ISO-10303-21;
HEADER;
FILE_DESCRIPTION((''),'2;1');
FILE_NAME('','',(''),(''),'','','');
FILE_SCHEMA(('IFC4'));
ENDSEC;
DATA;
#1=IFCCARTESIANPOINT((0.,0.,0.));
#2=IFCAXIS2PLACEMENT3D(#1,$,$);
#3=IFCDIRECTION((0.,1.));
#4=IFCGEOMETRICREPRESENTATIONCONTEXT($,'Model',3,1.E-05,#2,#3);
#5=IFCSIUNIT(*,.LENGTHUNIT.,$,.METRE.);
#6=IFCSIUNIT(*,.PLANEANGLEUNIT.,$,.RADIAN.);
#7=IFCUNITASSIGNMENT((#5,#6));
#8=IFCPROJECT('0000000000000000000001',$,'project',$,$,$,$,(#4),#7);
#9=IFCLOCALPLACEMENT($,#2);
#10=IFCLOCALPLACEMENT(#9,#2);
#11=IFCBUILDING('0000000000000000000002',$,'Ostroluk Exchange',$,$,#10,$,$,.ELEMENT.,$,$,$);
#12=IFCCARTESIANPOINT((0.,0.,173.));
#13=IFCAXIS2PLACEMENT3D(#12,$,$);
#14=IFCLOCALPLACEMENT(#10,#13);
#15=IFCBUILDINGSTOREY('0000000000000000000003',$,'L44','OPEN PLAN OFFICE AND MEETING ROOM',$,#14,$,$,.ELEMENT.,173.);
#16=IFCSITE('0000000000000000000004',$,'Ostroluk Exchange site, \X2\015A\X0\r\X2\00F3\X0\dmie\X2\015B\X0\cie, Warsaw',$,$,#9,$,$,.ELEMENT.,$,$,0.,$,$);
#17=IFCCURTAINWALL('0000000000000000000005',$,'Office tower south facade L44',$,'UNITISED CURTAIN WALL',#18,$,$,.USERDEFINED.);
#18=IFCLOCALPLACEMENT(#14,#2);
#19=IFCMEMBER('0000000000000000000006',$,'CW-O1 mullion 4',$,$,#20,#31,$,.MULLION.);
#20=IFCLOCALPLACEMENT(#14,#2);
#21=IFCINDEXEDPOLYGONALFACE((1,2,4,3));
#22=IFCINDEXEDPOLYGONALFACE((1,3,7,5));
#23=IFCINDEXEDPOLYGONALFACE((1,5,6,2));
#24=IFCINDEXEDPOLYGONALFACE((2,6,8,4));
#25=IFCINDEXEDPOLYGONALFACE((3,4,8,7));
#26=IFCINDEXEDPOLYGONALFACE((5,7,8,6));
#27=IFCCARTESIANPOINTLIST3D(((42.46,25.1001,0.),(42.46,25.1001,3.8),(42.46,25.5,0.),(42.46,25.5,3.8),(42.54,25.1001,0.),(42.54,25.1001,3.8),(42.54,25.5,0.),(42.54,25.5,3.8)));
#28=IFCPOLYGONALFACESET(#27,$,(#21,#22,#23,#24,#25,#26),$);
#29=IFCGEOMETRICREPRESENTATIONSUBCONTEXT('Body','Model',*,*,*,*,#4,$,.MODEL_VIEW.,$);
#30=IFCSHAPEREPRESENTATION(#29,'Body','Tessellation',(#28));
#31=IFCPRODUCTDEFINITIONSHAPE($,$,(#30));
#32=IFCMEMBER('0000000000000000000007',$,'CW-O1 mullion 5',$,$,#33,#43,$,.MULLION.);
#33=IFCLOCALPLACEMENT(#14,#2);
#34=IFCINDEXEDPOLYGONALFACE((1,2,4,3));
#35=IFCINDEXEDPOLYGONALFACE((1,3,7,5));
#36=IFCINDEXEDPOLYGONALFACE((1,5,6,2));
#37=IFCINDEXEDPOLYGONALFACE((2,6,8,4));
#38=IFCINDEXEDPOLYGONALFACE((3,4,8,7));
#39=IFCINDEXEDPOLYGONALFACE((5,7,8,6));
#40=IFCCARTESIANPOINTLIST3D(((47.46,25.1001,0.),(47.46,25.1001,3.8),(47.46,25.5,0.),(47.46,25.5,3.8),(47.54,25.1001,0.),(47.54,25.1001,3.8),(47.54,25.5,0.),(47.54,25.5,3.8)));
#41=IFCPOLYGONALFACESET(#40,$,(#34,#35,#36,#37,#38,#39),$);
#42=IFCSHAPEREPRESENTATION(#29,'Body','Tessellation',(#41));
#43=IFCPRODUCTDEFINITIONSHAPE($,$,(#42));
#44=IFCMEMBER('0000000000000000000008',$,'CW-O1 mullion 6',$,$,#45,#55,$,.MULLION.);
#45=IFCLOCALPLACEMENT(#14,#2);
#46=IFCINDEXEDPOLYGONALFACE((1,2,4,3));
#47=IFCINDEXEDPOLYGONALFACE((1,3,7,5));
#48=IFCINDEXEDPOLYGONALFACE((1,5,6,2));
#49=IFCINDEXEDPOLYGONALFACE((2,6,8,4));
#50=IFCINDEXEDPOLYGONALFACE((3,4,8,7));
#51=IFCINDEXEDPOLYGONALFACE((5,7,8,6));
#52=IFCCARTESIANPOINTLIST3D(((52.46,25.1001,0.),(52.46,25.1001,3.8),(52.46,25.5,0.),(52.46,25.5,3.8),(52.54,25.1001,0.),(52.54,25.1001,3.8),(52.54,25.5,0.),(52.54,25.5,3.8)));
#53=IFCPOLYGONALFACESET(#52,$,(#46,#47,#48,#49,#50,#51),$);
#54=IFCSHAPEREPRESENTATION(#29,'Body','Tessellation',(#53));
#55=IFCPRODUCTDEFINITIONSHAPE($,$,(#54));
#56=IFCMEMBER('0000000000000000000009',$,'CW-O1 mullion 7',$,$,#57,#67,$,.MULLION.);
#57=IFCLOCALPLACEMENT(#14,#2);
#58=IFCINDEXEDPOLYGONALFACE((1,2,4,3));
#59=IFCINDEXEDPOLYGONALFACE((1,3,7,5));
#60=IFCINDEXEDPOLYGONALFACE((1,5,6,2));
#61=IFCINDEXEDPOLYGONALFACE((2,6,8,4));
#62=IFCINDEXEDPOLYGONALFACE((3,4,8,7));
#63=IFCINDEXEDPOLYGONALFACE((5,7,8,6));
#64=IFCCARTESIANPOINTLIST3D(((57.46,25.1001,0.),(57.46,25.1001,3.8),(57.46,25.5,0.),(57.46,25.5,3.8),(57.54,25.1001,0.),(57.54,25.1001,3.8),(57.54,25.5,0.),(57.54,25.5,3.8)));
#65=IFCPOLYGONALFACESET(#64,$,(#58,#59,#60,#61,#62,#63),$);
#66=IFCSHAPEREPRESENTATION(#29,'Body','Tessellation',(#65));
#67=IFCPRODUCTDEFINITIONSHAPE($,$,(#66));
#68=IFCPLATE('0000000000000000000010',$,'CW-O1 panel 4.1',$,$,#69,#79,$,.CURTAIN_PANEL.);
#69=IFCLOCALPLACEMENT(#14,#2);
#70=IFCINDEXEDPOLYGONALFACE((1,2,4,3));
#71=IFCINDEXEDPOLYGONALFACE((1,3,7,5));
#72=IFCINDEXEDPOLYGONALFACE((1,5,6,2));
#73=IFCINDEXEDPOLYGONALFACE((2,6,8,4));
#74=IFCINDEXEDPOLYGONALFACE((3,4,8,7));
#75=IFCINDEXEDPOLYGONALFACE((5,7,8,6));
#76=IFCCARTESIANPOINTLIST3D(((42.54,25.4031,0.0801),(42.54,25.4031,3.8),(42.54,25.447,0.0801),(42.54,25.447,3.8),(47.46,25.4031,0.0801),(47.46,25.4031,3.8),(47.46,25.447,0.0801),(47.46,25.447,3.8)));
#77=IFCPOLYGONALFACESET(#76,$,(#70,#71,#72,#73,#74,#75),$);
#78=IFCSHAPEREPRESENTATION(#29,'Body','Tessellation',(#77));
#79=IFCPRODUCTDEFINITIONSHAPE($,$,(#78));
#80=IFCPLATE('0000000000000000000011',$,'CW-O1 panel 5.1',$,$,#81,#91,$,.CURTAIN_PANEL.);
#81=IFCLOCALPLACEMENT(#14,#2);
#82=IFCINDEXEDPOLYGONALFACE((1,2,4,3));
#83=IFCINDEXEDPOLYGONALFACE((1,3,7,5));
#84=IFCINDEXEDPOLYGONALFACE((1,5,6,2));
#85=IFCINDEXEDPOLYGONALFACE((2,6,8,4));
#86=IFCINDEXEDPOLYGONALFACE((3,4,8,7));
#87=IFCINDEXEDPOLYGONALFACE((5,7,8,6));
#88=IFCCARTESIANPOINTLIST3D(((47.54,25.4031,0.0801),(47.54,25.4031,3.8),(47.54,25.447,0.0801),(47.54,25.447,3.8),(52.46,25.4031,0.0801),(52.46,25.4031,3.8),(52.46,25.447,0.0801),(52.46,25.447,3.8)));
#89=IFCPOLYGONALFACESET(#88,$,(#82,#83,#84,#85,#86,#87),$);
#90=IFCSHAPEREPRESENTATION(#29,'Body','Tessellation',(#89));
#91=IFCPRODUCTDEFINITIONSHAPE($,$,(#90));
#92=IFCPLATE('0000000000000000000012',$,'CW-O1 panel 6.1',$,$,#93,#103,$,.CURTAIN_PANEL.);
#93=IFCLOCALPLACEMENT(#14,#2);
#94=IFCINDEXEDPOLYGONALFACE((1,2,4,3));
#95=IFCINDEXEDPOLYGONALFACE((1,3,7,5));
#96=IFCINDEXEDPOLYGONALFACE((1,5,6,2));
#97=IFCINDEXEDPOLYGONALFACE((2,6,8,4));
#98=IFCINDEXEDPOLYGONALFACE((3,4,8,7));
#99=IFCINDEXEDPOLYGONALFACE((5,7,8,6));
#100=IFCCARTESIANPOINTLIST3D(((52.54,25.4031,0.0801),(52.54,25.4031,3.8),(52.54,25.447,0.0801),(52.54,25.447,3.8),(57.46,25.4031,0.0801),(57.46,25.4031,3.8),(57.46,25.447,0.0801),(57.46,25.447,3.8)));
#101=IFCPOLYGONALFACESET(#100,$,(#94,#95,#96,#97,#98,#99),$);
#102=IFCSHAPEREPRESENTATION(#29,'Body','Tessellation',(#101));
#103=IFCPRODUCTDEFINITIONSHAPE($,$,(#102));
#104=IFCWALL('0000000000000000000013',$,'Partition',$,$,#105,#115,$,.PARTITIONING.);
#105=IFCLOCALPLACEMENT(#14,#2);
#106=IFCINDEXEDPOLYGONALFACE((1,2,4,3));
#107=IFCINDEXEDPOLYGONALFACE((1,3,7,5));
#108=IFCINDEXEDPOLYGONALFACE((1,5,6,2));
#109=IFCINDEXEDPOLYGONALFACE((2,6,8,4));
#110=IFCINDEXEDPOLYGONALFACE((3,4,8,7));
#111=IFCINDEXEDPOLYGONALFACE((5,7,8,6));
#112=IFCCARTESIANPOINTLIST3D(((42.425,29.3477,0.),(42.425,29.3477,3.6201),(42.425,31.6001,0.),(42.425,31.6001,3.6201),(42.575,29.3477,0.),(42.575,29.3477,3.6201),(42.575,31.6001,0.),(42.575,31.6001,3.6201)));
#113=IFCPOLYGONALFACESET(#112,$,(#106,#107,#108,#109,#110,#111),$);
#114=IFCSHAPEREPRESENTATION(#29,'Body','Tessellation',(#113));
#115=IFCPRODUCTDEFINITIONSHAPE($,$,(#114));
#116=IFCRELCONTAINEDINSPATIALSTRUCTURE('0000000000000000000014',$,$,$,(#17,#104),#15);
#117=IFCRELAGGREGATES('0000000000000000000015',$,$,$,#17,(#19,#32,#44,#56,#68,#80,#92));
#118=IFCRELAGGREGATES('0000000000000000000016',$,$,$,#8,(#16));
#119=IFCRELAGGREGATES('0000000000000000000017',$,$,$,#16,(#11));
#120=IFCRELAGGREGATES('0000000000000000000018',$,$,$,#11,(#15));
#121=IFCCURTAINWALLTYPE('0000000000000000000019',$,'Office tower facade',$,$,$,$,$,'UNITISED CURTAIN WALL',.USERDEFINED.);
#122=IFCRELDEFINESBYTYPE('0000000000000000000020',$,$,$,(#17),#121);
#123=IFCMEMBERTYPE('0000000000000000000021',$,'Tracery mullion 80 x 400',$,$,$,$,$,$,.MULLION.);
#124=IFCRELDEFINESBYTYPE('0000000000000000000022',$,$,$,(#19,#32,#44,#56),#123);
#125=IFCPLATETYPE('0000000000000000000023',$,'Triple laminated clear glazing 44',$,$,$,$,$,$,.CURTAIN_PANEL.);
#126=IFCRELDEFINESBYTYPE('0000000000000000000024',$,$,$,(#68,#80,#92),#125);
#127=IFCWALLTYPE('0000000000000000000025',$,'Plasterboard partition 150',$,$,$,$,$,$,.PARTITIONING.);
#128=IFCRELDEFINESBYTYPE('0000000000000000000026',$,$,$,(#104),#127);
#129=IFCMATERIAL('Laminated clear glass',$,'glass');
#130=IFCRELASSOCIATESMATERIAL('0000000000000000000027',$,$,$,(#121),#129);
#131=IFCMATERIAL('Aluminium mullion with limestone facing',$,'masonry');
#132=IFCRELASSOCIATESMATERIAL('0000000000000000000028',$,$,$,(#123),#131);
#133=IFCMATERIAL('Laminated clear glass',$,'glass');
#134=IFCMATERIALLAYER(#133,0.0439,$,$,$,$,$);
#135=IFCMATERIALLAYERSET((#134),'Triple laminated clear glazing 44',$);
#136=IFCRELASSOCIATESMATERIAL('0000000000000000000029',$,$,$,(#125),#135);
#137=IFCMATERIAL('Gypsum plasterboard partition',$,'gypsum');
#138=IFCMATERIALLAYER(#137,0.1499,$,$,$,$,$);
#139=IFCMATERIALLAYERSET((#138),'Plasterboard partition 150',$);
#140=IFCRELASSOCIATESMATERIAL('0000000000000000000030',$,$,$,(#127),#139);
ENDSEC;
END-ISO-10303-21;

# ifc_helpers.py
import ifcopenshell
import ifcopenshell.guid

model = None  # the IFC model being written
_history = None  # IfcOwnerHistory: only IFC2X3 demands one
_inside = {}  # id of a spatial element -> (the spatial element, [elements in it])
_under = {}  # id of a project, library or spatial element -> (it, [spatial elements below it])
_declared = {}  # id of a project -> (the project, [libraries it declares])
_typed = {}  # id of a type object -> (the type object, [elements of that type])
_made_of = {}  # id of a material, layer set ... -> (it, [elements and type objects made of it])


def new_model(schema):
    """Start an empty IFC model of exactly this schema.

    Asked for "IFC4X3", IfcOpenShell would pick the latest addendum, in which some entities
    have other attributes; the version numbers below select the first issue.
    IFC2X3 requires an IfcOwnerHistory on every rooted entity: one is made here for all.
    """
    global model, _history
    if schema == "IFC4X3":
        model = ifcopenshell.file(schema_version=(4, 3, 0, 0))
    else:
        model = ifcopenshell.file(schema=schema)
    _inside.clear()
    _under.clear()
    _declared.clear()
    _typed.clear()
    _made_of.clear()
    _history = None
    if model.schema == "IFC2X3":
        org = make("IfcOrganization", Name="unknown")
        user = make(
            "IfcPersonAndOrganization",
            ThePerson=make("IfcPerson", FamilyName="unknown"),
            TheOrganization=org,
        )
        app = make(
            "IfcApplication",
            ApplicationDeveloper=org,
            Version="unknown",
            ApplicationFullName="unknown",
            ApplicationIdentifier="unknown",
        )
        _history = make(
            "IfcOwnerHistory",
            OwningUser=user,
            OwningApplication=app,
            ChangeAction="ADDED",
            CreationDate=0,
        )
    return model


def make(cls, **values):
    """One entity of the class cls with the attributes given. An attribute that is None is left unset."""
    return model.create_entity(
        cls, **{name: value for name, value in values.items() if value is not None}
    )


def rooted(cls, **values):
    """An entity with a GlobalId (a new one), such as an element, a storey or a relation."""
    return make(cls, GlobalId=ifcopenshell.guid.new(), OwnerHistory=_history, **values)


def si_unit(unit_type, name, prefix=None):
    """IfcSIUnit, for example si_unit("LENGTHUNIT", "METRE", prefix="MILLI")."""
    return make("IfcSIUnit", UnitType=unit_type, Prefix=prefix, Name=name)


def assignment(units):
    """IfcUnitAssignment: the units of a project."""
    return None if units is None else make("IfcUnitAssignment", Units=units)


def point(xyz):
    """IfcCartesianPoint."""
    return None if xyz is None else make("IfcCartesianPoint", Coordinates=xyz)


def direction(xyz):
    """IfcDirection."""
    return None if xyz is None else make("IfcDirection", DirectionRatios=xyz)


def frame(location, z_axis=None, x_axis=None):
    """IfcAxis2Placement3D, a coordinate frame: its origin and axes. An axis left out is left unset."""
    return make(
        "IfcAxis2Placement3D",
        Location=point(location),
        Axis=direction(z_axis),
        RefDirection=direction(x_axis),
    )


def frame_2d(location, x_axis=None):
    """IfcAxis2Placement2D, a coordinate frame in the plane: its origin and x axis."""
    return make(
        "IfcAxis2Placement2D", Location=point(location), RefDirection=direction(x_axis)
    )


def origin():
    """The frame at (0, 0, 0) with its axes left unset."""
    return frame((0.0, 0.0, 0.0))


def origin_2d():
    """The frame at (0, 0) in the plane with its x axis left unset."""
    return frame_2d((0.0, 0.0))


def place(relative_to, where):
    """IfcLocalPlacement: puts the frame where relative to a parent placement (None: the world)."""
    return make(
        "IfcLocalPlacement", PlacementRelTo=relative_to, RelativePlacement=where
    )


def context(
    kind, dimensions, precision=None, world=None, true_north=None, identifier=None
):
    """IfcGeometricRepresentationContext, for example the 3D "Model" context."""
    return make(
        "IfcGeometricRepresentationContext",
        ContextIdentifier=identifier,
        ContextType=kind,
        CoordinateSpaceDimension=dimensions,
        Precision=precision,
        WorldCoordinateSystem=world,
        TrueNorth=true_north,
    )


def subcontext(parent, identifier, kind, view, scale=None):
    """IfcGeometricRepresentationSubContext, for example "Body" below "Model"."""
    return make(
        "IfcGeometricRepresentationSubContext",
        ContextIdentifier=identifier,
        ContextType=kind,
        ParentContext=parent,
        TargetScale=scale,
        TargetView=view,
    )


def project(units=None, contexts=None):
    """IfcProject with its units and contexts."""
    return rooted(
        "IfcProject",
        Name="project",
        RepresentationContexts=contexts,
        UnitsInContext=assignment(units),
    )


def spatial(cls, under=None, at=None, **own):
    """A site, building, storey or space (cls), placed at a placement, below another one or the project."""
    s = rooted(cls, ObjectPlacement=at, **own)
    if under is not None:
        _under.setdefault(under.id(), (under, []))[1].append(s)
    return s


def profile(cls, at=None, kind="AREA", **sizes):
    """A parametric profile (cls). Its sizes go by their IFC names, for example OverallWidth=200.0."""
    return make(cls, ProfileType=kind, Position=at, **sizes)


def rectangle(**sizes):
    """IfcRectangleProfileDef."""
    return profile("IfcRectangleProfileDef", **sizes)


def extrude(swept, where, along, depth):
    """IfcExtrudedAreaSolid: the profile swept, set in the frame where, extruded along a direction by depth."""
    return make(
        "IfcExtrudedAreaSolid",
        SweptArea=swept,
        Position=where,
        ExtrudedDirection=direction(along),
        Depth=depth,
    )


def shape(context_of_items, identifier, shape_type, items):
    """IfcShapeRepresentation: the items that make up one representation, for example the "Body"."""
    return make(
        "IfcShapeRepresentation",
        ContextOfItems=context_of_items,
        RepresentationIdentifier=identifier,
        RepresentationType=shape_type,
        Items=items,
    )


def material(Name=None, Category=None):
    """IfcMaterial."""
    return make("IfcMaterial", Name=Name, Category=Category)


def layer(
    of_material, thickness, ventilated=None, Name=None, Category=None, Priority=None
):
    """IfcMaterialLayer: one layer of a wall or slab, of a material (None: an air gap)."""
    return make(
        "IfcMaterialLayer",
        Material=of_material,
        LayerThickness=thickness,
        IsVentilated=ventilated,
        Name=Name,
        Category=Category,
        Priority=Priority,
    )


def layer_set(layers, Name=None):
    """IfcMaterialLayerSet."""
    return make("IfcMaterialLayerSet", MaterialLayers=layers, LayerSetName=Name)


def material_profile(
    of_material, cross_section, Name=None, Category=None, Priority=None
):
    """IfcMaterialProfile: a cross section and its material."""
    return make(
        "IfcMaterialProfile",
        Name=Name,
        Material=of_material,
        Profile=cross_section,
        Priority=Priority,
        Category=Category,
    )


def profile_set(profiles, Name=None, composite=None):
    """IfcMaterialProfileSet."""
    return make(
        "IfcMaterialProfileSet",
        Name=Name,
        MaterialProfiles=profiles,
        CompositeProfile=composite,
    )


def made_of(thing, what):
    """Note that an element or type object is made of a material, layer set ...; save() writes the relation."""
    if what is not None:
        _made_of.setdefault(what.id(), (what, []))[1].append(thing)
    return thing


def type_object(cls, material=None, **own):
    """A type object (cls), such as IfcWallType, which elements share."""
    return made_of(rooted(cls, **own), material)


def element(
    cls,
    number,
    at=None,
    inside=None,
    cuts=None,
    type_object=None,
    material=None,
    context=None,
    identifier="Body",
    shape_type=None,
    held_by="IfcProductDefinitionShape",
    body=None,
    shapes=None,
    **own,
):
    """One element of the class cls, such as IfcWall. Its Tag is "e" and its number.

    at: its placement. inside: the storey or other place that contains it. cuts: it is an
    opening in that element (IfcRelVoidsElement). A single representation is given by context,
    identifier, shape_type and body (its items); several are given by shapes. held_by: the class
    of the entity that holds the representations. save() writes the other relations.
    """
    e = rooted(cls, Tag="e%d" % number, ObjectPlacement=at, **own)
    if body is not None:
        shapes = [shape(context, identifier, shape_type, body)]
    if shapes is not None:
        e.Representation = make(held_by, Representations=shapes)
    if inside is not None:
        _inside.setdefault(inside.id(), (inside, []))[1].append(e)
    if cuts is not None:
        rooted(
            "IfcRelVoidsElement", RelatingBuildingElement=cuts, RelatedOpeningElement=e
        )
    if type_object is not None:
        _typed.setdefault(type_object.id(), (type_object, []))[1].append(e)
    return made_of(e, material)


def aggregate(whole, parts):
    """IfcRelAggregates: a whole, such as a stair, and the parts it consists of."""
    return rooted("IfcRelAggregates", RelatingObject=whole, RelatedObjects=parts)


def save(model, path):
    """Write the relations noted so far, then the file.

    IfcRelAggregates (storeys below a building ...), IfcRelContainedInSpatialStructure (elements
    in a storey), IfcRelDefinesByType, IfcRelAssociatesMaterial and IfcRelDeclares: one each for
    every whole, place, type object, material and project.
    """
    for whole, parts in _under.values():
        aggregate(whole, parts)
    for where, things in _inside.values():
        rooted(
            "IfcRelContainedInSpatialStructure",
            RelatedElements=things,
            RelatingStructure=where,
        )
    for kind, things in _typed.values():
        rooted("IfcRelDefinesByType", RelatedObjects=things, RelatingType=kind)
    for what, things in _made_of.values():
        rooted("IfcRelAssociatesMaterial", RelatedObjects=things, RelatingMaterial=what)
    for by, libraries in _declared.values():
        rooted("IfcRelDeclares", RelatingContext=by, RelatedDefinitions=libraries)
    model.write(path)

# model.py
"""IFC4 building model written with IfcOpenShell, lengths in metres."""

from ifc_helpers import new_model, si_unit, direction, frame, frame_2d, origin, origin_2d, place, context, subcontext, project, spatial, rectangle, extrude, material, layer, layer_set, material_profile, profile_set, type_object, element, aggregate, save


model = new_model("IFC4")

# Units and contexts
model_context = context("Model", 3, precision=1e-05, world=origin(), true_north=direction((0.0, 1.0)))
body_context = subcontext(model_context, "Body", "Model", "MODEL_VIEW")
ifc_project = project(units=[si_unit("LENGTHUNIT", "METRE"), si_unit("PLANEANGLEUNIT", "RADIAN")], contexts=[model_context])

# Site, building, storey
site_placement = place(None, origin())
site = spatial("IfcSite", under=ifc_project, at=site_placement, Name="Ostroluk Exchange site, Śródmieście, Warsaw", CompositionType="ELEMENT", RefElevation=0.0)
building_placement = place(site_placement, origin())
building = spatial("IfcBuilding", under=site, at=building_placement, Name="Ostroluk Exchange", CompositionType="ELEMENT")
storey_placement = place(building_placement, frame((0.0, 0.0, 173.0)))
storey = spatial("IfcBuildingStorey", under=building, at=storey_placement, Name="L44", Description="OPEN PLAN OFFICE AND MEETING ROOM", CompositionType="ELEMENT", Elevation=173.0)

# Curtain wall, members, plates
ifc_material_1 = material(Name="Laminated clear glass", Category="glass")
curtain_wall_type = type_object("IfcCurtainWallType", Name="Office tower facade", ElementType="UNITISED CURTAIN WALL", PredefinedType="USERDEFINED", material=ifc_material_1)
curtain_wall_placement = place(storey_placement, origin())
curtain_wall = element("IfcCurtainWall", 1, at=curtain_wall_placement, inside=storey, type_object=curtain_wall_type, Name="Office tower south facade L44", ObjectType="UNITISED CURTAIN WALL", PredefinedType="USERDEFINED")
ifc_material_2 = material(Name="Aluminium mullion with limestone facing", Category="masonry")
ifc_material_profile_1 = material_profile(ifc_material_2, rectangle(XDim=0.3999, YDim=0.0801, at=origin_2d()), Name="Tracery mullion 80 x 400")
ifc_profile_set_1 = profile_set([ifc_material_profile_1], Name="Aluminium mullion with limestone facing")
member_type_1 = type_object("IfcMemberType", Name="Tracery mullion 80 x 400", PredefinedType="MULLION", material=ifc_profile_set_1)
member_1_placement = place(storey_placement, frame((42.5, 25.3, 0.0), z_axis=(0.0, 0.0, 1.0), x_axis=(0.0, 1.0, 0.0)))
member_1 = element("IfcMember", 2, at=member_1_placement, type_object=member_type_1, Name="CW-O1 mullion 4", PredefinedType="MULLION", context=body_context, shape_type="SweptSolid", body=[
    extrude(rectangle(XDim=0.3999, YDim=0.0801, at=origin_2d()), origin(), (0.0, 0.0, 1.0), 3.8),
])
member_2_placement = place(storey_placement, frame((47.5, 25.3, 0.0), z_axis=(0.0, 0.0, 1.0), x_axis=(0.0, 1.0, 0.0)))
member_2 = element("IfcMember", 3, at=member_2_placement, type_object=member_type_1, Name="CW-O1 mullion 5", PredefinedType="MULLION", context=body_context, shape_type="SweptSolid", body=[
    extrude(rectangle(XDim=0.3999, YDim=0.0801, at=origin_2d()), origin(), (0.0, 0.0, 1.0), 3.8),
])
member_3_placement = place(storey_placement, frame((52.5, 25.3, 0.0), z_axis=(0.0, 0.0, 1.0), x_axis=(0.0, 1.0, 0.0)))
member_3 = element("IfcMember", 4, at=member_3_placement, type_object=member_type_1, Name="CW-O1 mullion 6", PredefinedType="MULLION", context=body_context, shape_type="SweptSolid", body=[
    extrude(rectangle(XDim=0.3999, YDim=0.0801, at=origin_2d()), origin(), (0.0, 0.0, 1.0), 3.8),
])
member_4_placement = place(storey_placement, frame((57.5, 25.3, 0.0), z_axis=(0.0, 0.0, 1.0), x_axis=(0.0, 1.0, 0.0)))
member_4 = element("IfcMember", 5, at=member_4_placement, type_object=member_type_1, Name="CW-O1 mullion 7", PredefinedType="MULLION", context=body_context, shape_type="SweptSolid", body=[
    extrude(rectangle(XDim=0.3999, YDim=0.0801, at=origin_2d()), origin(), (0.0, 0.0, 1.0), 3.8),
])
ifc_material_3 = material(Name="Laminated clear glass", Category="glass")
ifc_layer_1 = layer(ifc_material_3, 0.0439)
ifc_layer_set_1 = layer_set([ifc_layer_1], Name="Triple laminated clear glazing 44")
plate_type = type_object("IfcPlateType", Name="Triple laminated clear glazing 44", PredefinedType="CURTAIN_PANEL", material=ifc_layer_set_1)
plate_1_placement = place(storey_placement, frame((45.0, 25.425, 0.0801), z_axis=(0.0, 0.0, 1.0), x_axis=(1.0, 0.0, 0.0)))
plate_1 = element("IfcPlate", 6, at=plate_1_placement, type_object=plate_type, Name="CW-O1 panel 4.1", PredefinedType="CURTAIN_PANEL", context=body_context, shape_type="SweptSolid", body=[
    extrude(rectangle(XDim=4.9199, YDim=0.0439, at=origin_2d()), origin(), (0.0, 0.0, 1.0), 3.72),
])
plate_2_placement = place(storey_placement, frame((50.0, 25.425, 0.0801), z_axis=(0.0, 0.0, 1.0), x_axis=(1.0, 0.0, 0.0)))
plate_2 = element("IfcPlate", 7, at=plate_2_placement, type_object=plate_type, Name="CW-O1 panel 5.1", PredefinedType="CURTAIN_PANEL", context=body_context, shape_type="SweptSolid", body=[
    extrude(rectangle(XDim=4.9199, YDim=0.0439, at=origin_2d()), origin(), (0.0, 0.0, 1.0), 3.72),
])
plate_3_placement = place(storey_placement, frame((55.0, 25.425, 0.0801), z_axis=(0.0, 0.0, 1.0), x_axis=(1.0, 0.0, 0.0)))
plate_3 = element("IfcPlate", 8, at=plate_3_placement, type_object=plate_type, Name="CW-O1 panel 6.1", PredefinedType="CURTAIN_PANEL", context=body_context, shape_type="SweptSolid", body=[
    extrude(rectangle(XDim=4.9199, YDim=0.0439, at=origin_2d()), origin(), (0.0, 0.0, 1.0), 3.72),
])
aggregate(curtain_wall, [member_1, member_2, member_3, member_4, plate_1, plate_2, plate_3])

# Wall
ifc_material_4 = material(Name="Gypsum plasterboard partition", Category="gypsum")
ifc_layer_2 = layer(ifc_material_4, 0.1499)
ifc_layer_set_2 = layer_set([ifc_layer_2], Name="Plasterboard partition 150")
wall_type = type_object("IfcWallType", Name="Plasterboard partition 150", PredefinedType="PARTITIONING", material=ifc_layer_set_2)
wall_placement = place(storey_placement, frame((42.5, 31.6001, 0.0), z_axis=(0.0, 0.0, 1.0), x_axis=(0.0, -1.0, 0.0)))
element("IfcWall", 9, at=wall_placement, inside=storey, type_object=wall_type, Name="Partition", PredefinedType="PARTITIONING", context=body_context, shape_type="SweptSolid", body=[
    extrude(rectangle(XDim=2.2524, YDim=0.1499, at=frame_2d((1.1262, 0.0))), origin(), (0.0, 0.0, 1.0), 3.6201),
])

save(model, "model.ifc")
